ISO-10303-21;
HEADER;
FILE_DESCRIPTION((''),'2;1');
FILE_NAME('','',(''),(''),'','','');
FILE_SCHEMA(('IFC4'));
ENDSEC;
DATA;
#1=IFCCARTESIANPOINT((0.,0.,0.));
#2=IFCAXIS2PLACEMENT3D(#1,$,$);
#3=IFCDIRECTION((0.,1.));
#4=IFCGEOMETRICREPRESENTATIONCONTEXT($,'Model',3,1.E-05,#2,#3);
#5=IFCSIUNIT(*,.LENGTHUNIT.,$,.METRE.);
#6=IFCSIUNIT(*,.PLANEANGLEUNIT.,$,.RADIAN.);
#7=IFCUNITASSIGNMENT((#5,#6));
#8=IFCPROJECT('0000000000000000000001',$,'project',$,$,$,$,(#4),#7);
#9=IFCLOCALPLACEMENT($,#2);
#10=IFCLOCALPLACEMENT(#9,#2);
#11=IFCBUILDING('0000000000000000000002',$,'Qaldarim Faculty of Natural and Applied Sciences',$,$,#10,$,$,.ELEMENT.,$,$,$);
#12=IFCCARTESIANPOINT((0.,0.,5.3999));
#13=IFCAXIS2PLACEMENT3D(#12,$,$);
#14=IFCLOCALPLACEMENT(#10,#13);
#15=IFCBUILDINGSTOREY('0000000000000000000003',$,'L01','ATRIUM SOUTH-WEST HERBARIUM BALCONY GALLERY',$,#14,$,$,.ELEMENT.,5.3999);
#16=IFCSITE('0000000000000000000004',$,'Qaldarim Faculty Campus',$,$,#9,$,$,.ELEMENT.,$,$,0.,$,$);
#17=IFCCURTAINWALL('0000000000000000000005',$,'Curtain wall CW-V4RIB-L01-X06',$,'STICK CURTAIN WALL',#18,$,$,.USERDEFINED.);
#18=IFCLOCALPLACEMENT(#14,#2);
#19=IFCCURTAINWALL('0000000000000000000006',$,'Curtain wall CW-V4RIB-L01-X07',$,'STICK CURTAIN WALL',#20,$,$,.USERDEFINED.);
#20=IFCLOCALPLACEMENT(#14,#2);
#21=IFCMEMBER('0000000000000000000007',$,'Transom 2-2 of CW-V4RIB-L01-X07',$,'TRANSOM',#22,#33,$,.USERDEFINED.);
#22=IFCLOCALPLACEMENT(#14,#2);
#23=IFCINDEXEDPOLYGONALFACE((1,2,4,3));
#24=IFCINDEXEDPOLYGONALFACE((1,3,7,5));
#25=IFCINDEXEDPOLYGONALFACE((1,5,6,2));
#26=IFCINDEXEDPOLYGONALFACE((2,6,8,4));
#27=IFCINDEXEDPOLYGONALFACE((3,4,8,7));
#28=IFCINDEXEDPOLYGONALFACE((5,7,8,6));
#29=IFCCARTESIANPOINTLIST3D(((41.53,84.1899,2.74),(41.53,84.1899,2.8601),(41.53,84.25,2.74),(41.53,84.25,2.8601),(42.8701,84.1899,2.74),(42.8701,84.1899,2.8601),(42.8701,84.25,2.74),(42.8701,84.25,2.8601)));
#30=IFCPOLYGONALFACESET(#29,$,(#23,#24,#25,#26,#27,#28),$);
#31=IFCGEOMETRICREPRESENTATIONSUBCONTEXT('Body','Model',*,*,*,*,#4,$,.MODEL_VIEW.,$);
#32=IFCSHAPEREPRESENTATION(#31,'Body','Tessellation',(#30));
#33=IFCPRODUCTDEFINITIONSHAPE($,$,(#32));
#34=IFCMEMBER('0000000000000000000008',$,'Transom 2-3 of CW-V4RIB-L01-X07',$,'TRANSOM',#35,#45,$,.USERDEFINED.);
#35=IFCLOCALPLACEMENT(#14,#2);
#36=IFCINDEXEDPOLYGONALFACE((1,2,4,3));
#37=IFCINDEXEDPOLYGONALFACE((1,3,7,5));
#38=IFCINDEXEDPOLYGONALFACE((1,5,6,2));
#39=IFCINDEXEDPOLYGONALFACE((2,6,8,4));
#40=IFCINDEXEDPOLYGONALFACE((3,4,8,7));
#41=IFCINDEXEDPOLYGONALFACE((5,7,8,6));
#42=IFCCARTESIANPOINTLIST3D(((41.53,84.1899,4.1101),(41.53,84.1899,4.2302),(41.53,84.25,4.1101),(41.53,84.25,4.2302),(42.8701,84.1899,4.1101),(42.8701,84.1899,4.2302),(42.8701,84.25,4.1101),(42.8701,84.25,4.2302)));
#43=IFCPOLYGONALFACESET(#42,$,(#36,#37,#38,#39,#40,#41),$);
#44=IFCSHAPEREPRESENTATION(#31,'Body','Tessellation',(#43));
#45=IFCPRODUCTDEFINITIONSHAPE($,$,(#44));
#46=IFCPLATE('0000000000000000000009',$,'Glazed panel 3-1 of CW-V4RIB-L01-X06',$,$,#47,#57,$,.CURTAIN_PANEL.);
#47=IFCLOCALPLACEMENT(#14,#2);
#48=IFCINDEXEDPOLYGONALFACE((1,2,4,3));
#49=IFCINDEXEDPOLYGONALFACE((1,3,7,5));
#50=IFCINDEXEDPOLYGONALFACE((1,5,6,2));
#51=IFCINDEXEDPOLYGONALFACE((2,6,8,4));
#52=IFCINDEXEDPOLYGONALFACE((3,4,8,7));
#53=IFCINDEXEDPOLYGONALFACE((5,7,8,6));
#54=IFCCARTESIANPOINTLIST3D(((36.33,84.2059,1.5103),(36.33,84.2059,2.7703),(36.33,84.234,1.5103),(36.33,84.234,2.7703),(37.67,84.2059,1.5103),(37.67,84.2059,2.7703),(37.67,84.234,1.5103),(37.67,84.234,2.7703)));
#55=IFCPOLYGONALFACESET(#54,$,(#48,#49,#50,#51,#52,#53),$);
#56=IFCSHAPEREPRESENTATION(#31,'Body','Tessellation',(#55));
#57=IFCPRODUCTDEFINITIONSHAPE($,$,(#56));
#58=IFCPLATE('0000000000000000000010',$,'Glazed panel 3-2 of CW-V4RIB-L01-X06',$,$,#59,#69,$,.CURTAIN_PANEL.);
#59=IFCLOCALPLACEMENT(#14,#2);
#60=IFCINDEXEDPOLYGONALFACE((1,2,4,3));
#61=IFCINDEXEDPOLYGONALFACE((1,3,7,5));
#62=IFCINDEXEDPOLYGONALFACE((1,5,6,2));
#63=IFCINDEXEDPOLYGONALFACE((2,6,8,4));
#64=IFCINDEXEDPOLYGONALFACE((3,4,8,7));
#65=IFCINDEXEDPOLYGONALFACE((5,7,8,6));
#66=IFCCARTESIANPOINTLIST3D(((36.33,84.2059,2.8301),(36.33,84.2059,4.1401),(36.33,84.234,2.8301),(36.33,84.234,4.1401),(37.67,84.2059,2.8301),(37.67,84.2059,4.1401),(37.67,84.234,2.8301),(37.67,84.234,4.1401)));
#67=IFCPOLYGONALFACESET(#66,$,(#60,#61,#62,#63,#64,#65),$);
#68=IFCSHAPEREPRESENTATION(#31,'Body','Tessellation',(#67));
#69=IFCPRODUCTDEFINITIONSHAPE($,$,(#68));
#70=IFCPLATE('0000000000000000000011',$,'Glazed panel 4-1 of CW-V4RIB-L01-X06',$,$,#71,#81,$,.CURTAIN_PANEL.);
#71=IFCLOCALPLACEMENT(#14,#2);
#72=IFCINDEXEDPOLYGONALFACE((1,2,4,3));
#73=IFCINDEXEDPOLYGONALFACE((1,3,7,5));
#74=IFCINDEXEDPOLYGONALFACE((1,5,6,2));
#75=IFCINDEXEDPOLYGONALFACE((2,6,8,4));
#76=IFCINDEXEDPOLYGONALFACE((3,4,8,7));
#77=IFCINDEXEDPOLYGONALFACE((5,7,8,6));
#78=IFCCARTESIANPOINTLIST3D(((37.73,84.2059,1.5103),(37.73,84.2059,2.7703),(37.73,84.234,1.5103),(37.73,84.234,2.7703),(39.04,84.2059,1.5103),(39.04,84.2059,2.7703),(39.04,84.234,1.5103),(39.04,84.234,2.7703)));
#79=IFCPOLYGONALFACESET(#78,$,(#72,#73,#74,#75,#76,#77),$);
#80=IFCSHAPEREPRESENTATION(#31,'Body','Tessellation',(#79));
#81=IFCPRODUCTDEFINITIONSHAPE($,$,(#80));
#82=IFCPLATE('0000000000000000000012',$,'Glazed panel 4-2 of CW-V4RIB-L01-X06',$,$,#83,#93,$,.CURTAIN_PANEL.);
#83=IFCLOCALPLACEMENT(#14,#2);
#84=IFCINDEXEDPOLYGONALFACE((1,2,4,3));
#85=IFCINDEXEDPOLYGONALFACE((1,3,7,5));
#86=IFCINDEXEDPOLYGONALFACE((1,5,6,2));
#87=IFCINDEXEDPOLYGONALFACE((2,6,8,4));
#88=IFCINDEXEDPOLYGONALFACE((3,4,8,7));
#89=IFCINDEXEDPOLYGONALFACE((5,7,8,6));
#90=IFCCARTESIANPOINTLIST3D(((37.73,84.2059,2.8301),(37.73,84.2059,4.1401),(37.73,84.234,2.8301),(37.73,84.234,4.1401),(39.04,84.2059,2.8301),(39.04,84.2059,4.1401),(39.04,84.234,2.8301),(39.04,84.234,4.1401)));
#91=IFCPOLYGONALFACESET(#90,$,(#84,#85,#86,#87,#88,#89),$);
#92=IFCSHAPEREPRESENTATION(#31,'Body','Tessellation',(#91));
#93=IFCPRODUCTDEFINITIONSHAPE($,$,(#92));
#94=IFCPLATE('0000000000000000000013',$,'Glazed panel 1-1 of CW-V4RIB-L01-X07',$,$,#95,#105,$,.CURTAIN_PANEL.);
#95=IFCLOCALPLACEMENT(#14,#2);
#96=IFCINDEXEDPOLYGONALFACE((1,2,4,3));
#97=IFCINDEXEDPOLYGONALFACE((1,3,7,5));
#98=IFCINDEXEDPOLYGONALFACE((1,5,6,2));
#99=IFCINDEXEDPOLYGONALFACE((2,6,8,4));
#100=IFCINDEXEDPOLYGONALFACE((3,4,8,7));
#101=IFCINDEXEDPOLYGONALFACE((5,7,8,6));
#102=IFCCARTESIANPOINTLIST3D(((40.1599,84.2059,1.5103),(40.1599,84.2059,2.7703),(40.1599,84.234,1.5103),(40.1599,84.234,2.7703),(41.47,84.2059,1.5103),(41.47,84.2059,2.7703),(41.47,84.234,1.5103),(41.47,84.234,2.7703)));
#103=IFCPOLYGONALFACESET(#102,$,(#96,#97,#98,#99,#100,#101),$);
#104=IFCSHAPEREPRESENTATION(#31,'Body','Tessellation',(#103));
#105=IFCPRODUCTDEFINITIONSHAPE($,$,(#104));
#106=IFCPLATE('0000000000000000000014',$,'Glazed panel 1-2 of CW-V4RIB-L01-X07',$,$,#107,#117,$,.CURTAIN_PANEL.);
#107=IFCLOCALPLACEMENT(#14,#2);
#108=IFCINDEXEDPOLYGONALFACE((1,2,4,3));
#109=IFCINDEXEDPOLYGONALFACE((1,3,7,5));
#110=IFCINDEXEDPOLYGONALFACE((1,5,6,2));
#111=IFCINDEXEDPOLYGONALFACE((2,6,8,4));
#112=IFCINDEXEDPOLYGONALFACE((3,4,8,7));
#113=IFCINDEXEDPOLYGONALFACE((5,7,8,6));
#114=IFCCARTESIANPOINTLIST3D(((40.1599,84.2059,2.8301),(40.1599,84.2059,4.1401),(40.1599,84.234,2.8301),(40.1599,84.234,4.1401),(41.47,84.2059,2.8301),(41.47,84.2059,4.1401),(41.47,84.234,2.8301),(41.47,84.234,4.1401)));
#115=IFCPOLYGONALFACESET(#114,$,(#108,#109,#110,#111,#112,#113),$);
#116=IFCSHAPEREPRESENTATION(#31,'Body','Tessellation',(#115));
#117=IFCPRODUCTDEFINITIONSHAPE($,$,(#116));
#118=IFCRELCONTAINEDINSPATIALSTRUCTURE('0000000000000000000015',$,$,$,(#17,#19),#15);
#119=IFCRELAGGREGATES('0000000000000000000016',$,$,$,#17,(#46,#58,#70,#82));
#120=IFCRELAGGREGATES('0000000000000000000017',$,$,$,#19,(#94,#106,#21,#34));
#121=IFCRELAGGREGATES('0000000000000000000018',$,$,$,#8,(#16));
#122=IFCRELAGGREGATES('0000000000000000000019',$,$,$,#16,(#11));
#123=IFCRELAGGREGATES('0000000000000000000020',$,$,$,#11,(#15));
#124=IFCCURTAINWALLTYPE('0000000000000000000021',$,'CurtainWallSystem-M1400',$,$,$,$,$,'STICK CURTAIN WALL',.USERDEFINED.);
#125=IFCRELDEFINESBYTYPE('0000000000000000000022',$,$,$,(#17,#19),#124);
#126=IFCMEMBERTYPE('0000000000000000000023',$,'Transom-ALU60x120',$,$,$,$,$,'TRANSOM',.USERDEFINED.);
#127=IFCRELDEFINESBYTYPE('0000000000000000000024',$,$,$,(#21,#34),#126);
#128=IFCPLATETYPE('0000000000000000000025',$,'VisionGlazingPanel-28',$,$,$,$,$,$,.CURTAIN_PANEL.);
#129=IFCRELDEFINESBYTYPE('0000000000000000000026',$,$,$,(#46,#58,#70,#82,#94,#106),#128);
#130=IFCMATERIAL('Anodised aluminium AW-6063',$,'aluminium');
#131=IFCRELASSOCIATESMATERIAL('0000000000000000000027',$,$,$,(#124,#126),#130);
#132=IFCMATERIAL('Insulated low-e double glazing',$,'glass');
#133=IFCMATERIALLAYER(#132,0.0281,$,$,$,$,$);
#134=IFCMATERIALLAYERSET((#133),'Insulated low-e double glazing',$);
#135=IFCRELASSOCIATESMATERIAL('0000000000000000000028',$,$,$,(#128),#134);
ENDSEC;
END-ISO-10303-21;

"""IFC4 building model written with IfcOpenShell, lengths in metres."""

from ifc_helpers import new_model, si_unit, direction, frame, origin, origin_2d, place, context, subcontext, project, spatial, rectangle, extrude, material, layer, layer_set, material_profile, profile_set, type_object, element, aggregate, save


model = new_model("IFC4")

# Units and contexts
model_context = context("Model", 3, precision=1e-05, world=origin(), true_north=direction((0.0, 1.0)))
body_context = subcontext(model_context, "Body", "Model", "MODEL_VIEW")
ifc_project = project(units=[si_unit("LENGTHUNIT", "METRE"), si_unit("PLANEANGLEUNIT", "RADIAN")], contexts=[model_context])

# Site, building, storey
site_placement = place(None, origin())
site = spatial("IfcSite", under=ifc_project, at=site_placement, Name="Qaldarim Faculty Campus", CompositionType="ELEMENT", RefElevation=0.0)
building_placement = place(site_placement, origin())
building = spatial("IfcBuilding", under=site, at=building_placement, Name="Qaldarim Faculty of Natural and Applied Sciences", CompositionType="ELEMENT")
storey_placement = place(building_placement, frame((0.0, 0.0, 5.3999)))
storey = spatial("IfcBuildingStorey", under=building, at=storey_placement, Name="L01", Description="ATRIUM SOUTH-WEST HERBARIUM BALCONY GALLERY", CompositionType="ELEMENT", Elevation=5.3999)

# Curtain walls
ifc_material_1 = material(Name="Anodised aluminium AW-6063", Category="aluminium")
curtain_wall_type = type_object("IfcCurtainWallType", Name="CurtainWallSystem-M1400", ElementType="STICK CURTAIN WALL", PredefinedType="USERDEFINED", material=ifc_material_1)
curtain_wall_1_placement = place(storey_placement, origin())
curtain_wall_1 = element("IfcCurtainWall", 1, at=curtain_wall_1_placement, inside=storey, type_object=curtain_wall_type, Name="Curtain wall CW-V4RIB-L01-X06", ObjectType="STICK CURTAIN WALL", PredefinedType="USERDEFINED")
curtain_wall_2_placement = place(storey_placement, origin())
curtain_wall_2 = element("IfcCurtainWall", 2, at=curtain_wall_2_placement, inside=storey, type_object=curtain_wall_type, Name="Curtain wall CW-V4RIB-L01-X07", ObjectType="STICK CURTAIN WALL", PredefinedType="USERDEFINED")

# Members
ifc_material_profile_1 = material_profile(ifc_material_1, rectangle(XDim=0.0601, YDim=0.1201, at=origin_2d()), Name="ALU-T60x120")
ifc_profile_set_1 = profile_set([ifc_material_profile_1], Name="Anodised aluminium AW-6063")
member_type_1 = type_object("IfcMemberType", Name="Transom-ALU60x120", ElementType="TRANSOM", PredefinedType="USERDEFINED", material=ifc_profile_set_1)
member_1_placement = place(storey_placement, frame((41.53, 84.22, 2.8), z_axis=(1.0, 0.0, 0.0), x_axis=(0.0, 1.0, 0.0)))
member_1 = element("IfcMember", 3, at=member_1_placement, type_object=member_type_1, Name="Transom 2-2 of CW-V4RIB-L01-X07", ObjectType="TRANSOM", PredefinedType="USERDEFINED", context=body_context, shape_type="SweptSolid", body=[
    extrude(rectangle(XDim=0.0601, YDim=0.1201, at=origin_2d()), origin(), (0.0, 0.0, 1.0), 1.3401),
])
member_2_placement = place(storey_placement, frame((41.53, 84.22, 4.1702), z_axis=(1.0, 0.0, 0.0), x_axis=(0.0, 1.0, 0.0)))
member_2 = element("IfcMember", 4, at=member_2_placement, type_object=member_type_1, Name="Transom 2-3 of CW-V4RIB-L01-X07", ObjectType="TRANSOM", PredefinedType="USERDEFINED", context=body_context, shape_type="SweptSolid", body=[
    extrude(rectangle(XDim=0.0601, YDim=0.1201, at=origin_2d()), origin(), (0.0, 0.0, 1.0), 1.3401),
])

# Plates
ifc_material_2 = material(Name="Insulated low-e double glazing", Category="glass")
ifc_layer = layer(ifc_material_2, 0.0281)
ifc_layer_set = layer_set([ifc_layer], Name="Insulated low-e double glazing")
plate_type = type_object("IfcPlateType", Name="VisionGlazingPanel-28", PredefinedType="CURTAIN_PANEL", material=ifc_layer_set)
plate_1_placement = place(storey_placement, frame((37.0, 84.22, 1.5103), z_axis=(0.0, 0.0, 1.0), x_axis=(1.0, 0.0, 0.0)))
plate_1 = element("IfcPlate", 5, at=plate_1_placement, type_object=plate_type, Name="Glazed panel 3-1 of CW-V4RIB-L01-X06", PredefinedType="CURTAIN_PANEL", context=body_context, shape_type="SweptSolid", body=[
    extrude(rectangle(XDim=1.3401, YDim=0.0281, at=origin_2d()), origin(), (0.0, 0.0, 1.0), 1.26),
])
plate_2_placement = place(storey_placement, frame((37.0, 84.22, 2.8301), z_axis=(0.0, 0.0, 1.0), x_axis=(1.0, 0.0, 0.0)))
plate_2 = element("IfcPlate", 6, at=plate_2_placement, type_object=plate_type, Name="Glazed panel 3-2 of CW-V4RIB-L01-X06", PredefinedType="CURTAIN_PANEL", context=body_context, shape_type="SweptSolid", body=[
    extrude(rectangle(XDim=1.3401, YDim=0.0281, at=origin_2d()), origin(), (0.0, 0.0, 1.0), 1.3101),
])
plate_3_placement = place(storey_placement, frame((38.385, 84.22, 1.5103), z_axis=(0.0, 0.0, 1.0), x_axis=(1.0, 0.0, 0.0)))
plate_3 = element("IfcPlate", 7, at=plate_3_placement, type_object=plate_type, Name="Glazed panel 4-1 of CW-V4RIB-L01-X06", PredefinedType="CURTAIN_PANEL", context=body_context, shape_type="SweptSolid", body=[
    extrude(rectangle(XDim=1.3101, YDim=0.0281, at=origin_2d()), origin(), (0.0, 0.0, 1.0), 1.26),
])
plate_4_placement = place(storey_placement, frame((38.385, 84.22, 2.8301), z_axis=(0.0, 0.0, 1.0), x_axis=(1.0, 0.0, 0.0)))
plate_4 = element("IfcPlate", 8, at=plate_4_placement, type_object=plate_type, Name="Glazed panel 4-2 of CW-V4RIB-L01-X06", PredefinedType="CURTAIN_PANEL", context=body_context, shape_type="SweptSolid", body=[
    extrude(rectangle(XDim=1.3101, YDim=0.0281, at=origin_2d()), origin(), (0.0, 0.0, 1.0), 1.3101),
])
aggregate(curtain_wall_1, [plate_1, plate_2, plate_3, plate_4])
plate_5_placement = place(storey_placement, frame((40.8149, 84.22, 1.5103), z_axis=(0.0, 0.0, 1.0), x_axis=(1.0, 0.0, 0.0)))
plate_5 = element("IfcPlate", 9, at=plate_5_placement, type_object=plate_type, Name="Glazed panel 1-1 of CW-V4RIB-L01-X07", PredefinedType="CURTAIN_PANEL", context=body_context, shape_type="SweptSolid", body=[
    extrude(rectangle(XDim=1.3101, YDim=0.0281, at=origin_2d()), origin(), (0.0, 0.0, 1.0), 1.26),
])
plate_6_placement = place(storey_placement, frame((40.8149, 84.22, 2.8301), z_axis=(0.0, 0.0, 1.0), x_axis=(1.0, 0.0, 0.0)))
plate_6 = element("IfcPlate", 10, at=plate_6_placement, type_object=plate_type, Name="Glazed panel 1-2 of CW-V4RIB-L01-X07", PredefinedType="CURTAIN_PANEL", context=body_context, shape_type="SweptSolid", body=[
    extrude(rectangle(XDim=1.3101, YDim=0.0281, at=origin_2d()), origin(), (0.0, 0.0, 1.0), 1.3101),
])
aggregate(curtain_wall_2, [plate_5, plate_6, member_1, member_2])

save(model, "model.ifc")
